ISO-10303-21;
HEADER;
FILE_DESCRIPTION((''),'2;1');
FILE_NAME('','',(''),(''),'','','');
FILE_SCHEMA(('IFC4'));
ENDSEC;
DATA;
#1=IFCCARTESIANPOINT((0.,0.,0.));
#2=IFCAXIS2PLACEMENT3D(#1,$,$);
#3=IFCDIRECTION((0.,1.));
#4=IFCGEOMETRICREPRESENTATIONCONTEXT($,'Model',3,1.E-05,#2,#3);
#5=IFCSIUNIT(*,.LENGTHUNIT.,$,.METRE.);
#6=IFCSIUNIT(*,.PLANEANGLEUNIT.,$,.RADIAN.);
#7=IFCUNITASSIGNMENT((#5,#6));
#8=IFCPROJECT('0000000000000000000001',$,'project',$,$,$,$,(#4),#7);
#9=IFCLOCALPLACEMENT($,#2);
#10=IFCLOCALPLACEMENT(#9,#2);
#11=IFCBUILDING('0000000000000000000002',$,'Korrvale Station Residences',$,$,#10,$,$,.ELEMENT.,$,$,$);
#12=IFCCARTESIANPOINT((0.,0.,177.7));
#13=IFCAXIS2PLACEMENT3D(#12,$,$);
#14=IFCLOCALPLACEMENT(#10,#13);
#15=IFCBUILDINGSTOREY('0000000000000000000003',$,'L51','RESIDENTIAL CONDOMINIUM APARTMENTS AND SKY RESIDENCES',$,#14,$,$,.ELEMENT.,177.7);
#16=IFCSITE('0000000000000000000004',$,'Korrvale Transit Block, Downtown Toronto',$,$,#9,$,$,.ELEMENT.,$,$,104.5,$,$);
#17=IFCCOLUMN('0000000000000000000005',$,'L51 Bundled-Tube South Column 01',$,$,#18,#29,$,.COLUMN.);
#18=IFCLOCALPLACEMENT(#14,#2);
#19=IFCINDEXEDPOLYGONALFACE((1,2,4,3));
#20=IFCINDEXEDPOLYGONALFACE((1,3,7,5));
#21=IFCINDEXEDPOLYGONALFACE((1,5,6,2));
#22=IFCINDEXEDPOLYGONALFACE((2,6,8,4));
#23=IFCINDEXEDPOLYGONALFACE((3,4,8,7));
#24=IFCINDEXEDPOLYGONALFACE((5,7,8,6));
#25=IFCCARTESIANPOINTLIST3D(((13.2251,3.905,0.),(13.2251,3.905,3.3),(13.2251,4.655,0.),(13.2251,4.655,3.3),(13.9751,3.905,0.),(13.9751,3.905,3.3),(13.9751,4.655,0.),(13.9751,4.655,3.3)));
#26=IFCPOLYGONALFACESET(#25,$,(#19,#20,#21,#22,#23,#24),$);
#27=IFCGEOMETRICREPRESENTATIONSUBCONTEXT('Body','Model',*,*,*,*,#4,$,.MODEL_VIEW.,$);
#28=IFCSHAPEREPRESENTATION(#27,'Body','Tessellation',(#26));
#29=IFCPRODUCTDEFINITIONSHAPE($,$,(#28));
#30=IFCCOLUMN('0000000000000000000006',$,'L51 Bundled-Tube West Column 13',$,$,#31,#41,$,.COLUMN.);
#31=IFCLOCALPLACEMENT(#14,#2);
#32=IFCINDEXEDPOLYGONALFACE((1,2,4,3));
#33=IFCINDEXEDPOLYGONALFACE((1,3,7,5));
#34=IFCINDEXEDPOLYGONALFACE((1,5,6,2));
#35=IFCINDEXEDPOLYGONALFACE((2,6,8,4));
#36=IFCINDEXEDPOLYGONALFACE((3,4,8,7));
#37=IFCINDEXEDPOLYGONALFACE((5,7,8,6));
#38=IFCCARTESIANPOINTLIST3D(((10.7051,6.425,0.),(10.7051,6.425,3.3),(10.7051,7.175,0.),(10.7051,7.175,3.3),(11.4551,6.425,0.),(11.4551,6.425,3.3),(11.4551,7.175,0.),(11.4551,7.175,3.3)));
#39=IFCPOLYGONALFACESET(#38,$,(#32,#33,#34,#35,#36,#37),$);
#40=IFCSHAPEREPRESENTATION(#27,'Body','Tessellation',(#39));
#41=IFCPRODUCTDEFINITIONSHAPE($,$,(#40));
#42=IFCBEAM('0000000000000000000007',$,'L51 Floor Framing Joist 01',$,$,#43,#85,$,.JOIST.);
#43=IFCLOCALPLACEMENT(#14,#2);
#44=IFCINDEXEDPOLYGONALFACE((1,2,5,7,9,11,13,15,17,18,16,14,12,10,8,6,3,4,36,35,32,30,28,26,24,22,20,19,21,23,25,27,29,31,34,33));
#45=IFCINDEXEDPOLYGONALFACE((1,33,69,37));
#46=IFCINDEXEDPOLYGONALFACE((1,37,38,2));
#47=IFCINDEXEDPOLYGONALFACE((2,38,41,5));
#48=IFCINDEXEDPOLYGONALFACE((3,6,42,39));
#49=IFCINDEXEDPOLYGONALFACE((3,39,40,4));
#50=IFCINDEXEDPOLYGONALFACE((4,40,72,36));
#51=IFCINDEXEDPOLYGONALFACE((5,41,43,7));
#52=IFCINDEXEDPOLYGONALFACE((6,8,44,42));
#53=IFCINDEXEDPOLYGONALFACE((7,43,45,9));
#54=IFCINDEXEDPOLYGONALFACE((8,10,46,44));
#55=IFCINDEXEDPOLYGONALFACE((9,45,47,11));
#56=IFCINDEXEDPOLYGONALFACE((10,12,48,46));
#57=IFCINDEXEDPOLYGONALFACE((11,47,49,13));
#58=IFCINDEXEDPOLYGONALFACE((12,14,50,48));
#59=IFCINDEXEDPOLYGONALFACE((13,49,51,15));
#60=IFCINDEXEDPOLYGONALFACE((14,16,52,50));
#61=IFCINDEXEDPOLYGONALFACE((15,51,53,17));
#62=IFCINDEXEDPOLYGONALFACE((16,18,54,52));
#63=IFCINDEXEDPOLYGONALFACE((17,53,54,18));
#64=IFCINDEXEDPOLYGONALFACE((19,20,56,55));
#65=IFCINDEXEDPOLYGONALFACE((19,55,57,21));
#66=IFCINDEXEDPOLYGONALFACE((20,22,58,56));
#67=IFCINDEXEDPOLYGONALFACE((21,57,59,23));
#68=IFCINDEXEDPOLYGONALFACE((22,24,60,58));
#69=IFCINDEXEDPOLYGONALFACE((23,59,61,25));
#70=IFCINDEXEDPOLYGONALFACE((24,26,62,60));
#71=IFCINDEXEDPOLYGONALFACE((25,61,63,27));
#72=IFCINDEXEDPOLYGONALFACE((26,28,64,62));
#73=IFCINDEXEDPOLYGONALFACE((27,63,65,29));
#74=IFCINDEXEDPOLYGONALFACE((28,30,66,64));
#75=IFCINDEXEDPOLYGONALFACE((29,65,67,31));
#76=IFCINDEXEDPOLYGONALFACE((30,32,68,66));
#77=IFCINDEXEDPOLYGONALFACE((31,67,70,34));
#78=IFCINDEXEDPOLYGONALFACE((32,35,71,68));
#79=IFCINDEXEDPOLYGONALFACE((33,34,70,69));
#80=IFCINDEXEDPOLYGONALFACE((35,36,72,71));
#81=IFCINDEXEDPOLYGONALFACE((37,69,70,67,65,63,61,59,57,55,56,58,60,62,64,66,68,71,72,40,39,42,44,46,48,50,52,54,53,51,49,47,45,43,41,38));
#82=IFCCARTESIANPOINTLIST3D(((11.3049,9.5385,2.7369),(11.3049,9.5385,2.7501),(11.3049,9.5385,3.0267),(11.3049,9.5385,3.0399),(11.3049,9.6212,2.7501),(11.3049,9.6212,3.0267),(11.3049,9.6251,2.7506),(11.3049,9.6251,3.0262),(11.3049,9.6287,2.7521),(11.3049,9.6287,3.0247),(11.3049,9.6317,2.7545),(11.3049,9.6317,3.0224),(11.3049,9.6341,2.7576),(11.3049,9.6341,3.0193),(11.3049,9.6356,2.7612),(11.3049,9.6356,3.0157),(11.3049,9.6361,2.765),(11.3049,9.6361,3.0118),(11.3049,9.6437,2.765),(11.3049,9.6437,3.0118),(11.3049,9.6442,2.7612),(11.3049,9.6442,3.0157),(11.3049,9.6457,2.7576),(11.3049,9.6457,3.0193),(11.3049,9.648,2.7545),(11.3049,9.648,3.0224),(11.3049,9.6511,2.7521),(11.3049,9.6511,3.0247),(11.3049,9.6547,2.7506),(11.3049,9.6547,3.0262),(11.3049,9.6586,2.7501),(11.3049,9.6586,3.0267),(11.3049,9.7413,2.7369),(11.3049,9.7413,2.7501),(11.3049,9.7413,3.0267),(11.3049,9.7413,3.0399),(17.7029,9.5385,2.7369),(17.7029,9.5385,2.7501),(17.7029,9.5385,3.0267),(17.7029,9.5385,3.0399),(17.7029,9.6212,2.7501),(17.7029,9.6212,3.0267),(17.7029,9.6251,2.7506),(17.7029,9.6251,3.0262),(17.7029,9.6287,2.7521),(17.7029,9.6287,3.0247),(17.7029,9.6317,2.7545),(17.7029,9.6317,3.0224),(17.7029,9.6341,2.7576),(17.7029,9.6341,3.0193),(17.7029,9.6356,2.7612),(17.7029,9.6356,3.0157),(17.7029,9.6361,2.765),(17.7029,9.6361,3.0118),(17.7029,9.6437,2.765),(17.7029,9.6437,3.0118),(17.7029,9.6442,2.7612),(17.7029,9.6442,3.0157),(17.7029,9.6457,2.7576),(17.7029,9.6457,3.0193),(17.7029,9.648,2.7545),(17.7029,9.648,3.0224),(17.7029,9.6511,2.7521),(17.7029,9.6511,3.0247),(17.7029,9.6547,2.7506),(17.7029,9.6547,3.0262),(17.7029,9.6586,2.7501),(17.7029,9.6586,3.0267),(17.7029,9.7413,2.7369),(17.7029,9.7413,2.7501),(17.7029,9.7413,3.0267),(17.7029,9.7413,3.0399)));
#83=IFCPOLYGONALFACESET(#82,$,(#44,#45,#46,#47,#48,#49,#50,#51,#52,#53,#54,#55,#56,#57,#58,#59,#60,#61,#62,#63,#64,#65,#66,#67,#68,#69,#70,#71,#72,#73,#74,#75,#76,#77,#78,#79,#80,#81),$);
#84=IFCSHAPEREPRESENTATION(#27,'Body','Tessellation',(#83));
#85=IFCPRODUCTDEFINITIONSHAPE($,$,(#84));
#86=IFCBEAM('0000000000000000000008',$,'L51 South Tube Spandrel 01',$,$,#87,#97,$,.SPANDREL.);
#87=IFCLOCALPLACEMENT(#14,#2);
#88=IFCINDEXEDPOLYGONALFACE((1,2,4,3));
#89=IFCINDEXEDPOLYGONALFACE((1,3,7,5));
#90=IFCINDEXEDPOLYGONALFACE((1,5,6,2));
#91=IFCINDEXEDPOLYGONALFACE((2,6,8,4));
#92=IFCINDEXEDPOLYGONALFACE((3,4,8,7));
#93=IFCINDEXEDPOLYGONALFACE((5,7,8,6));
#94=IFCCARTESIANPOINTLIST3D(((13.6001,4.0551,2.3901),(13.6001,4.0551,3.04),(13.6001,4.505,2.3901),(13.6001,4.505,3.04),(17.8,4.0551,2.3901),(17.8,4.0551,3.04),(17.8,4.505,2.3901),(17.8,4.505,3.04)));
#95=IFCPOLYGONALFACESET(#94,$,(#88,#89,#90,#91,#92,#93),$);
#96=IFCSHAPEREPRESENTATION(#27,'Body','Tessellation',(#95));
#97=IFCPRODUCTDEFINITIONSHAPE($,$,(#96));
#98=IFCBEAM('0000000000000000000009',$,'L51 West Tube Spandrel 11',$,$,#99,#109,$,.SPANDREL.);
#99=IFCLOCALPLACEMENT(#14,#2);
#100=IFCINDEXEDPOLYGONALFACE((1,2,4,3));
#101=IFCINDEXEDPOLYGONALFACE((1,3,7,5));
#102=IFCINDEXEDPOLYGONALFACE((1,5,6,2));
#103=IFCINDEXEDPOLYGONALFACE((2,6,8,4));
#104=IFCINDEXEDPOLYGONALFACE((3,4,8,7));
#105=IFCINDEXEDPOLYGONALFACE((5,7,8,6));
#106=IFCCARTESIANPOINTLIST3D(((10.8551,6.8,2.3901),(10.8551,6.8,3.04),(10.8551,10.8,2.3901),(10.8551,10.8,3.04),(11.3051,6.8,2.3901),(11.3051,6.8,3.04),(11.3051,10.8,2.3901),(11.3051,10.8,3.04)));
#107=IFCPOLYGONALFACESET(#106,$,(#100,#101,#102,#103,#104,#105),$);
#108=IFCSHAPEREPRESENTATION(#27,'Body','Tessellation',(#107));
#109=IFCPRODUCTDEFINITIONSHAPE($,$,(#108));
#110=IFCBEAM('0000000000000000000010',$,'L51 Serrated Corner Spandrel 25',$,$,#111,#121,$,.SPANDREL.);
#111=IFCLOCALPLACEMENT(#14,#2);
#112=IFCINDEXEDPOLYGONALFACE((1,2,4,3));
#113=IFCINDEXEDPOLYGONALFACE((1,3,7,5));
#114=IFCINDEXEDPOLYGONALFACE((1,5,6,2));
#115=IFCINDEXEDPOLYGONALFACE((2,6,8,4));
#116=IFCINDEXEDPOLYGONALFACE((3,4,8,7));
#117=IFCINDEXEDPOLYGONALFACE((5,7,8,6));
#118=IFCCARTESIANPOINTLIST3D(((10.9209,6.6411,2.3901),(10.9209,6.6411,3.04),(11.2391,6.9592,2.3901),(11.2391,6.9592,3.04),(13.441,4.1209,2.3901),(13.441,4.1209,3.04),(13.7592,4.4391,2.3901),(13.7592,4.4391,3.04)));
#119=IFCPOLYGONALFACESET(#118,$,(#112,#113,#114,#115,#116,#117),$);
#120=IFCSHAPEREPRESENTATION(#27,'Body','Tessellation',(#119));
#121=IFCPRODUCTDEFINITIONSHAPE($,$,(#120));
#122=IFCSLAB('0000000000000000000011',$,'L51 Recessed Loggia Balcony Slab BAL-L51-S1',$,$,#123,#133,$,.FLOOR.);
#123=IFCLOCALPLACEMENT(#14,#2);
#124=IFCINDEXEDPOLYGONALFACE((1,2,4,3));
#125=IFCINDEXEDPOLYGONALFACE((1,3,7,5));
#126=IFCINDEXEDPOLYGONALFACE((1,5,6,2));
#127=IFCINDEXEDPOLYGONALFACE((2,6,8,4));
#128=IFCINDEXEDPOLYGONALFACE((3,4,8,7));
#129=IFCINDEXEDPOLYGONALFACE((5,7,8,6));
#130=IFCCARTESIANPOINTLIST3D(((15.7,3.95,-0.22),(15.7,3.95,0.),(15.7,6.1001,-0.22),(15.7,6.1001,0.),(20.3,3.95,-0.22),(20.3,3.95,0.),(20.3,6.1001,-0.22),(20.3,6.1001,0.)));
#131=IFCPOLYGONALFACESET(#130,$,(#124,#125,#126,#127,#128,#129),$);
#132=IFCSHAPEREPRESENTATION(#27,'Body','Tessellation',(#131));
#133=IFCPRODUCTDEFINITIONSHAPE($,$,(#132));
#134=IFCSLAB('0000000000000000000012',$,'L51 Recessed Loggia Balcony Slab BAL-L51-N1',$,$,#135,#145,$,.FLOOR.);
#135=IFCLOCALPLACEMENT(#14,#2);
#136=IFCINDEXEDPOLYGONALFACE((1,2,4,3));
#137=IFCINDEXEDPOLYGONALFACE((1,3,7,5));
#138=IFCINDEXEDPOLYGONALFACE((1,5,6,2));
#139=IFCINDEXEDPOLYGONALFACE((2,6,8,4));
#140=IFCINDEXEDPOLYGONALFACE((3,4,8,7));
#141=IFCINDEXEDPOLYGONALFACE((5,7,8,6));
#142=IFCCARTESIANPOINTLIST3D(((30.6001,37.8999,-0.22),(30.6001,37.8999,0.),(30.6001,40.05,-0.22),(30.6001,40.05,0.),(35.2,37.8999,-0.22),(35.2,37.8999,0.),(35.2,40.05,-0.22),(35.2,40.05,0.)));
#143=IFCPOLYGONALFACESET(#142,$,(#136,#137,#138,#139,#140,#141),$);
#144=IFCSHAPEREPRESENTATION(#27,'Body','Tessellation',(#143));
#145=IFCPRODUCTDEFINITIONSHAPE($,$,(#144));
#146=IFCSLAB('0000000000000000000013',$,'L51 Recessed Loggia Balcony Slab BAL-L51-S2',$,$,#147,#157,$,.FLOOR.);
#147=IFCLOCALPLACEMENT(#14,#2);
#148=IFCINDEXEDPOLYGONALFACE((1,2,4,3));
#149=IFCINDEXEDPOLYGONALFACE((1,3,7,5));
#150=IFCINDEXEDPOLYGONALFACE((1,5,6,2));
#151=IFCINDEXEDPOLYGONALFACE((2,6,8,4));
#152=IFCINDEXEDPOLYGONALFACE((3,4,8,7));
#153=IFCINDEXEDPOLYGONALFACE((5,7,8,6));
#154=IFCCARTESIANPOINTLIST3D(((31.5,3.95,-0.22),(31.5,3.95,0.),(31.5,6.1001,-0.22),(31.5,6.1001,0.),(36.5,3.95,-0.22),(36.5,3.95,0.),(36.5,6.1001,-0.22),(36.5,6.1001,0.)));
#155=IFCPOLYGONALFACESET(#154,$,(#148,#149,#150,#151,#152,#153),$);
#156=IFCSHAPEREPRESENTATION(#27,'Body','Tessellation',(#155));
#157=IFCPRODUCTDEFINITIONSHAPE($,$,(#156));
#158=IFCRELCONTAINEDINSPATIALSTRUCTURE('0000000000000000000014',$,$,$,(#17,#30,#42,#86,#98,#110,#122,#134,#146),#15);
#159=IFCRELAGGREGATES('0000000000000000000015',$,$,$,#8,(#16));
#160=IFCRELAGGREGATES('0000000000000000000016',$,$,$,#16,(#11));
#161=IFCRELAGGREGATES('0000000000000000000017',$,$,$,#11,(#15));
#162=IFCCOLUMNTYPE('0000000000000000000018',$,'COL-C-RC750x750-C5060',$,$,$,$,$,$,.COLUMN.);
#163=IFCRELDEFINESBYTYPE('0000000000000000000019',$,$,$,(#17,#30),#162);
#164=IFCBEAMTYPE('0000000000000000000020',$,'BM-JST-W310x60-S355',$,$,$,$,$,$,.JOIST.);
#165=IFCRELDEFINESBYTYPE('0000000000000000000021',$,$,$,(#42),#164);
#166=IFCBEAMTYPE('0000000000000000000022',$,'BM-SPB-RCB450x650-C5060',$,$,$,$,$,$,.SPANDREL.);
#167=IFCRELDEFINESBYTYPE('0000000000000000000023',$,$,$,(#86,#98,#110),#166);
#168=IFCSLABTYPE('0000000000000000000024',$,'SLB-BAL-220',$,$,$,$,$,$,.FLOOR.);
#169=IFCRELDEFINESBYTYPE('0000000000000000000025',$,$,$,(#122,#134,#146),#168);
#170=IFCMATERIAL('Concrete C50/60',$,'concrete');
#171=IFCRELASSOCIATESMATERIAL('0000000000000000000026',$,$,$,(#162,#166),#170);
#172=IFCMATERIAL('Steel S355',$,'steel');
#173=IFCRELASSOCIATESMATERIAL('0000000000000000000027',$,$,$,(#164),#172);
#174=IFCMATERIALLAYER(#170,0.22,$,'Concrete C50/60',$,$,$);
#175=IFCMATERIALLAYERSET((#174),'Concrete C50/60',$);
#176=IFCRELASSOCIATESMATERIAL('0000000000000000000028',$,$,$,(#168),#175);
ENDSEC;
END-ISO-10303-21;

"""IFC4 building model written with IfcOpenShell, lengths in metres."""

from ifc_helpers import new_model, si_unit, direction, frame, origin, origin_2d, place, context, subcontext, project, spatial, polyline, rectangle, i_section, outline, extrude, material, layer, layer_set, material_profile, profile_set, type_object, element, save


model = new_model("IFC4")

# Units and contexts
model_context = context("Model", 3, precision=1e-05, world=origin(), true_north=direction((0.0, 1.0)))
body_context = subcontext(model_context, "Body", "Model", "MODEL_VIEW")
ifc_project = project(units=[si_unit("LENGTHUNIT", "METRE"), si_unit("PLANEANGLEUNIT", "RADIAN")], contexts=[model_context])

# Site, building, storey
site_placement = place(None, origin())
site = spatial("IfcSite", under=ifc_project, at=site_placement, Name="Korrvale Transit Block, Downtown Toronto", CompositionType="ELEMENT", RefElevation=104.5)
building_placement = place(site_placement, origin())
building = spatial("IfcBuilding", under=site, at=building_placement, Name="Korrvale Station Residences", CompositionType="ELEMENT")
storey_placement = place(building_placement, frame((0.0, 0.0, 177.7)))
storey = spatial("IfcBuildingStorey", under=building, at=storey_placement, Name="L51", Description="RESIDENTIAL CONDOMINIUM APARTMENTS AND SKY RESIDENCES", CompositionType="ELEMENT", Elevation=177.7)

# Columns
ifc_material_1 = material(Name="Concrete C50/60", Category="concrete")
ifc_material_profile_1 = material_profile(ifc_material_1, rectangle(XDim=0.75, YDim=0.75, at=origin_2d()), Name="RC750x750")
ifc_profile_set_1 = profile_set([ifc_material_profile_1], Name="Concrete C50/60")
column_type = type_object("IfcColumnType", Name="COL-C-RC750x750-C5060", PredefinedType="COLUMN", material=ifc_profile_set_1)
for number, where, z_axis, x_axis, name in (
    (1, (13.6001, 4.28, 0.0), (0.0, 0.0, 1.0), (1.0, 0.0, 0.0), "L51 Bundled-Tube South Column 01"),
    (2, (11.0801, 6.8, 0.0), (0.0, 0.0, 1.0), (1.0, 0.0, 0.0), "L51 Bundled-Tube West Column 13"),
):
    element("IfcColumn", number, at=place(storey_placement, frame(where, z_axis=z_axis, x_axis=x_axis)), inside=storey, type_object=column_type, Name=name, PredefinedType="COLUMN", context=body_context, shape_type="SweptSolid", body=[
        extrude(rectangle(XDim=0.75, YDim=0.75, at=origin_2d()), origin(), (0.0, 0.0, 1.0), 3.3),
    ])

# Beams
ifc_material_2 = material(Name="Steel S355", Category="steel")
ifc_material_profile_2 = material_profile(ifc_material_2, i_section(OverallWidth=0.2029, OverallDepth=0.303, WebThickness=0.0076, FlangeThickness=0.0132, FilletRadius=0.0149, at=origin_2d()), Name="W310x60")
ifc_profile_set_2 = profile_set([ifc_material_profile_2], Name="Steel S355")
beam_type_1 = type_object("IfcBeamType", Name="BM-JST-W310x60-S355", PredefinedType="JOIST", material=ifc_profile_set_2)
beam_1_placement = place(storey_placement, frame((11.3049, 9.6399, 2.8884), z_axis=(1.0, 0.0, 0.0), x_axis=(0.0, 1.0, 0.0)))
element("IfcBeam", 3, at=beam_1_placement, inside=storey, type_object=beam_type_1, Name="L51 Floor Framing Joist 01", PredefinedType="JOIST", context=body_context, shape_type="SweptSolid", body=[
    extrude(i_section(OverallWidth=0.2029, OverallDepth=0.303, WebThickness=0.0076, FlangeThickness=0.0132, FilletRadius=0.0149, at=origin_2d()), origin(), (0.0, 0.0, 1.0), 6.3979),
])
ifc_material_profile_3 = material_profile(ifc_material_1, rectangle(XDim=0.45, YDim=0.6499, at=origin_2d()), Name="RCB450x650")
ifc_profile_set_3 = profile_set([ifc_material_profile_3], Name="Concrete C50/60")
beam_type_2 = type_object("IfcBeamType", Name="BM-SPB-RCB450x650-C5060", PredefinedType="SPANDREL", material=ifc_profile_set_3)
beam_2_placement = place(storey_placement, frame((13.6001, 4.28, 2.7151), z_axis=(1.0, 0.0, 0.0), x_axis=(0.0, 1.0, 0.0)))
element("IfcBeam", 4, at=beam_2_placement, inside=storey, type_object=beam_type_2, Name="L51 South Tube Spandrel 01", PredefinedType="SPANDREL", context=body_context, shape_type="SweptSolid", body=[
    extrude(rectangle(XDim=0.45, YDim=0.6499, at=origin_2d()), origin(), (0.0, 0.0, 1.0), 4.2),
])
beam_3_placement = place(storey_placement, frame((11.0801, 6.8, 2.7151), z_axis=(0.0, 1.0, 0.0), x_axis=(-1.0, 0.0, 0.0)))
element("IfcBeam", 5, at=beam_3_placement, inside=storey, type_object=beam_type_2, Name="L51 West Tube Spandrel 11", PredefinedType="SPANDREL", context=body_context, shape_type="SweptSolid", body=[
    extrude(rectangle(XDim=0.45, YDim=0.6499, at=origin_2d()), origin(), (0.0, 0.0, 1.0), 4.0),
])
beam_4_placement = place(storey_placement, frame((13.6001, 4.28, 2.7151), z_axis=(-0.707107, 0.707107, 0.0), x_axis=(-0.707107, -0.707107, 0.0)))
element("IfcBeam", 6, at=beam_4_placement, inside=storey, type_object=beam_type_2, Name="L51 Serrated Corner Spandrel 25", PredefinedType="SPANDREL", context=body_context, shape_type="SweptSolid", body=[
    extrude(rectangle(XDim=0.45, YDim=0.6499, at=origin_2d()), origin(), (0.0, 0.0, 1.0), 3.564),
])

# Slabs
ifc_layer_1 = layer(ifc_material_1, 0.22, Name="Concrete C50/60")
ifc_layer_set_1 = layer_set([ifc_layer_1], Name="Concrete C50/60")
slab_type_1 = type_object("IfcSlabType", Name="SLB-BAL-220", PredefinedType="FLOOR", material=ifc_layer_set_1)
slab_1_placement = place(storey_placement, frame((0.0, 0.0, -0.22)))
element("IfcSlab", 7, at=slab_1_placement, inside=storey, type_object=slab_type_1, Name="L51 Recessed Loggia Balcony Slab BAL-L51-S1", PredefinedType="FLOOR", context=body_context, shape_type="SweptSolid", body=[
    extrude(outline(polyline([(15.7, 3.95), (20.3, 3.95), (20.3, 6.1001), (15.7, 6.1001), (15.7, 3.95)])), origin(), (0.0, 0.0, 1.0), 0.22),
])
slab_2_placement = place(storey_placement, frame((0.0, 0.0, -0.22)))
element("IfcSlab", 8, at=slab_2_placement, inside=storey, type_object=slab_type_1, Name="L51 Recessed Loggia Balcony Slab BAL-L51-N1", PredefinedType="FLOOR", context=body_context, shape_type="SweptSolid", body=[
    extrude(outline(polyline([(30.6001, 37.8999), (35.2, 37.8999), (35.2, 40.05), (30.6001, 40.05), (30.6001, 37.8999)])), origin(), (0.0, 0.0, 1.0), 0.22),
])
slab_3_placement = place(storey_placement, frame((0.0, 0.0, -0.22)))
element("IfcSlab", 9, at=slab_3_placement, inside=storey, type_object=slab_type_1, Name="L51 Recessed Loggia Balcony Slab BAL-L51-S2", PredefinedType="FLOOR", context=body_context, shape_type="SweptSolid", body=[
    extrude(outline(polyline([(31.5, 3.95), (36.5, 3.95), (36.5, 6.1001), (31.5, 6.1001), (31.5, 3.95)])), origin(), (0.0, 0.0, 1.0), 0.22),
])

save(model, "model.ifc")
